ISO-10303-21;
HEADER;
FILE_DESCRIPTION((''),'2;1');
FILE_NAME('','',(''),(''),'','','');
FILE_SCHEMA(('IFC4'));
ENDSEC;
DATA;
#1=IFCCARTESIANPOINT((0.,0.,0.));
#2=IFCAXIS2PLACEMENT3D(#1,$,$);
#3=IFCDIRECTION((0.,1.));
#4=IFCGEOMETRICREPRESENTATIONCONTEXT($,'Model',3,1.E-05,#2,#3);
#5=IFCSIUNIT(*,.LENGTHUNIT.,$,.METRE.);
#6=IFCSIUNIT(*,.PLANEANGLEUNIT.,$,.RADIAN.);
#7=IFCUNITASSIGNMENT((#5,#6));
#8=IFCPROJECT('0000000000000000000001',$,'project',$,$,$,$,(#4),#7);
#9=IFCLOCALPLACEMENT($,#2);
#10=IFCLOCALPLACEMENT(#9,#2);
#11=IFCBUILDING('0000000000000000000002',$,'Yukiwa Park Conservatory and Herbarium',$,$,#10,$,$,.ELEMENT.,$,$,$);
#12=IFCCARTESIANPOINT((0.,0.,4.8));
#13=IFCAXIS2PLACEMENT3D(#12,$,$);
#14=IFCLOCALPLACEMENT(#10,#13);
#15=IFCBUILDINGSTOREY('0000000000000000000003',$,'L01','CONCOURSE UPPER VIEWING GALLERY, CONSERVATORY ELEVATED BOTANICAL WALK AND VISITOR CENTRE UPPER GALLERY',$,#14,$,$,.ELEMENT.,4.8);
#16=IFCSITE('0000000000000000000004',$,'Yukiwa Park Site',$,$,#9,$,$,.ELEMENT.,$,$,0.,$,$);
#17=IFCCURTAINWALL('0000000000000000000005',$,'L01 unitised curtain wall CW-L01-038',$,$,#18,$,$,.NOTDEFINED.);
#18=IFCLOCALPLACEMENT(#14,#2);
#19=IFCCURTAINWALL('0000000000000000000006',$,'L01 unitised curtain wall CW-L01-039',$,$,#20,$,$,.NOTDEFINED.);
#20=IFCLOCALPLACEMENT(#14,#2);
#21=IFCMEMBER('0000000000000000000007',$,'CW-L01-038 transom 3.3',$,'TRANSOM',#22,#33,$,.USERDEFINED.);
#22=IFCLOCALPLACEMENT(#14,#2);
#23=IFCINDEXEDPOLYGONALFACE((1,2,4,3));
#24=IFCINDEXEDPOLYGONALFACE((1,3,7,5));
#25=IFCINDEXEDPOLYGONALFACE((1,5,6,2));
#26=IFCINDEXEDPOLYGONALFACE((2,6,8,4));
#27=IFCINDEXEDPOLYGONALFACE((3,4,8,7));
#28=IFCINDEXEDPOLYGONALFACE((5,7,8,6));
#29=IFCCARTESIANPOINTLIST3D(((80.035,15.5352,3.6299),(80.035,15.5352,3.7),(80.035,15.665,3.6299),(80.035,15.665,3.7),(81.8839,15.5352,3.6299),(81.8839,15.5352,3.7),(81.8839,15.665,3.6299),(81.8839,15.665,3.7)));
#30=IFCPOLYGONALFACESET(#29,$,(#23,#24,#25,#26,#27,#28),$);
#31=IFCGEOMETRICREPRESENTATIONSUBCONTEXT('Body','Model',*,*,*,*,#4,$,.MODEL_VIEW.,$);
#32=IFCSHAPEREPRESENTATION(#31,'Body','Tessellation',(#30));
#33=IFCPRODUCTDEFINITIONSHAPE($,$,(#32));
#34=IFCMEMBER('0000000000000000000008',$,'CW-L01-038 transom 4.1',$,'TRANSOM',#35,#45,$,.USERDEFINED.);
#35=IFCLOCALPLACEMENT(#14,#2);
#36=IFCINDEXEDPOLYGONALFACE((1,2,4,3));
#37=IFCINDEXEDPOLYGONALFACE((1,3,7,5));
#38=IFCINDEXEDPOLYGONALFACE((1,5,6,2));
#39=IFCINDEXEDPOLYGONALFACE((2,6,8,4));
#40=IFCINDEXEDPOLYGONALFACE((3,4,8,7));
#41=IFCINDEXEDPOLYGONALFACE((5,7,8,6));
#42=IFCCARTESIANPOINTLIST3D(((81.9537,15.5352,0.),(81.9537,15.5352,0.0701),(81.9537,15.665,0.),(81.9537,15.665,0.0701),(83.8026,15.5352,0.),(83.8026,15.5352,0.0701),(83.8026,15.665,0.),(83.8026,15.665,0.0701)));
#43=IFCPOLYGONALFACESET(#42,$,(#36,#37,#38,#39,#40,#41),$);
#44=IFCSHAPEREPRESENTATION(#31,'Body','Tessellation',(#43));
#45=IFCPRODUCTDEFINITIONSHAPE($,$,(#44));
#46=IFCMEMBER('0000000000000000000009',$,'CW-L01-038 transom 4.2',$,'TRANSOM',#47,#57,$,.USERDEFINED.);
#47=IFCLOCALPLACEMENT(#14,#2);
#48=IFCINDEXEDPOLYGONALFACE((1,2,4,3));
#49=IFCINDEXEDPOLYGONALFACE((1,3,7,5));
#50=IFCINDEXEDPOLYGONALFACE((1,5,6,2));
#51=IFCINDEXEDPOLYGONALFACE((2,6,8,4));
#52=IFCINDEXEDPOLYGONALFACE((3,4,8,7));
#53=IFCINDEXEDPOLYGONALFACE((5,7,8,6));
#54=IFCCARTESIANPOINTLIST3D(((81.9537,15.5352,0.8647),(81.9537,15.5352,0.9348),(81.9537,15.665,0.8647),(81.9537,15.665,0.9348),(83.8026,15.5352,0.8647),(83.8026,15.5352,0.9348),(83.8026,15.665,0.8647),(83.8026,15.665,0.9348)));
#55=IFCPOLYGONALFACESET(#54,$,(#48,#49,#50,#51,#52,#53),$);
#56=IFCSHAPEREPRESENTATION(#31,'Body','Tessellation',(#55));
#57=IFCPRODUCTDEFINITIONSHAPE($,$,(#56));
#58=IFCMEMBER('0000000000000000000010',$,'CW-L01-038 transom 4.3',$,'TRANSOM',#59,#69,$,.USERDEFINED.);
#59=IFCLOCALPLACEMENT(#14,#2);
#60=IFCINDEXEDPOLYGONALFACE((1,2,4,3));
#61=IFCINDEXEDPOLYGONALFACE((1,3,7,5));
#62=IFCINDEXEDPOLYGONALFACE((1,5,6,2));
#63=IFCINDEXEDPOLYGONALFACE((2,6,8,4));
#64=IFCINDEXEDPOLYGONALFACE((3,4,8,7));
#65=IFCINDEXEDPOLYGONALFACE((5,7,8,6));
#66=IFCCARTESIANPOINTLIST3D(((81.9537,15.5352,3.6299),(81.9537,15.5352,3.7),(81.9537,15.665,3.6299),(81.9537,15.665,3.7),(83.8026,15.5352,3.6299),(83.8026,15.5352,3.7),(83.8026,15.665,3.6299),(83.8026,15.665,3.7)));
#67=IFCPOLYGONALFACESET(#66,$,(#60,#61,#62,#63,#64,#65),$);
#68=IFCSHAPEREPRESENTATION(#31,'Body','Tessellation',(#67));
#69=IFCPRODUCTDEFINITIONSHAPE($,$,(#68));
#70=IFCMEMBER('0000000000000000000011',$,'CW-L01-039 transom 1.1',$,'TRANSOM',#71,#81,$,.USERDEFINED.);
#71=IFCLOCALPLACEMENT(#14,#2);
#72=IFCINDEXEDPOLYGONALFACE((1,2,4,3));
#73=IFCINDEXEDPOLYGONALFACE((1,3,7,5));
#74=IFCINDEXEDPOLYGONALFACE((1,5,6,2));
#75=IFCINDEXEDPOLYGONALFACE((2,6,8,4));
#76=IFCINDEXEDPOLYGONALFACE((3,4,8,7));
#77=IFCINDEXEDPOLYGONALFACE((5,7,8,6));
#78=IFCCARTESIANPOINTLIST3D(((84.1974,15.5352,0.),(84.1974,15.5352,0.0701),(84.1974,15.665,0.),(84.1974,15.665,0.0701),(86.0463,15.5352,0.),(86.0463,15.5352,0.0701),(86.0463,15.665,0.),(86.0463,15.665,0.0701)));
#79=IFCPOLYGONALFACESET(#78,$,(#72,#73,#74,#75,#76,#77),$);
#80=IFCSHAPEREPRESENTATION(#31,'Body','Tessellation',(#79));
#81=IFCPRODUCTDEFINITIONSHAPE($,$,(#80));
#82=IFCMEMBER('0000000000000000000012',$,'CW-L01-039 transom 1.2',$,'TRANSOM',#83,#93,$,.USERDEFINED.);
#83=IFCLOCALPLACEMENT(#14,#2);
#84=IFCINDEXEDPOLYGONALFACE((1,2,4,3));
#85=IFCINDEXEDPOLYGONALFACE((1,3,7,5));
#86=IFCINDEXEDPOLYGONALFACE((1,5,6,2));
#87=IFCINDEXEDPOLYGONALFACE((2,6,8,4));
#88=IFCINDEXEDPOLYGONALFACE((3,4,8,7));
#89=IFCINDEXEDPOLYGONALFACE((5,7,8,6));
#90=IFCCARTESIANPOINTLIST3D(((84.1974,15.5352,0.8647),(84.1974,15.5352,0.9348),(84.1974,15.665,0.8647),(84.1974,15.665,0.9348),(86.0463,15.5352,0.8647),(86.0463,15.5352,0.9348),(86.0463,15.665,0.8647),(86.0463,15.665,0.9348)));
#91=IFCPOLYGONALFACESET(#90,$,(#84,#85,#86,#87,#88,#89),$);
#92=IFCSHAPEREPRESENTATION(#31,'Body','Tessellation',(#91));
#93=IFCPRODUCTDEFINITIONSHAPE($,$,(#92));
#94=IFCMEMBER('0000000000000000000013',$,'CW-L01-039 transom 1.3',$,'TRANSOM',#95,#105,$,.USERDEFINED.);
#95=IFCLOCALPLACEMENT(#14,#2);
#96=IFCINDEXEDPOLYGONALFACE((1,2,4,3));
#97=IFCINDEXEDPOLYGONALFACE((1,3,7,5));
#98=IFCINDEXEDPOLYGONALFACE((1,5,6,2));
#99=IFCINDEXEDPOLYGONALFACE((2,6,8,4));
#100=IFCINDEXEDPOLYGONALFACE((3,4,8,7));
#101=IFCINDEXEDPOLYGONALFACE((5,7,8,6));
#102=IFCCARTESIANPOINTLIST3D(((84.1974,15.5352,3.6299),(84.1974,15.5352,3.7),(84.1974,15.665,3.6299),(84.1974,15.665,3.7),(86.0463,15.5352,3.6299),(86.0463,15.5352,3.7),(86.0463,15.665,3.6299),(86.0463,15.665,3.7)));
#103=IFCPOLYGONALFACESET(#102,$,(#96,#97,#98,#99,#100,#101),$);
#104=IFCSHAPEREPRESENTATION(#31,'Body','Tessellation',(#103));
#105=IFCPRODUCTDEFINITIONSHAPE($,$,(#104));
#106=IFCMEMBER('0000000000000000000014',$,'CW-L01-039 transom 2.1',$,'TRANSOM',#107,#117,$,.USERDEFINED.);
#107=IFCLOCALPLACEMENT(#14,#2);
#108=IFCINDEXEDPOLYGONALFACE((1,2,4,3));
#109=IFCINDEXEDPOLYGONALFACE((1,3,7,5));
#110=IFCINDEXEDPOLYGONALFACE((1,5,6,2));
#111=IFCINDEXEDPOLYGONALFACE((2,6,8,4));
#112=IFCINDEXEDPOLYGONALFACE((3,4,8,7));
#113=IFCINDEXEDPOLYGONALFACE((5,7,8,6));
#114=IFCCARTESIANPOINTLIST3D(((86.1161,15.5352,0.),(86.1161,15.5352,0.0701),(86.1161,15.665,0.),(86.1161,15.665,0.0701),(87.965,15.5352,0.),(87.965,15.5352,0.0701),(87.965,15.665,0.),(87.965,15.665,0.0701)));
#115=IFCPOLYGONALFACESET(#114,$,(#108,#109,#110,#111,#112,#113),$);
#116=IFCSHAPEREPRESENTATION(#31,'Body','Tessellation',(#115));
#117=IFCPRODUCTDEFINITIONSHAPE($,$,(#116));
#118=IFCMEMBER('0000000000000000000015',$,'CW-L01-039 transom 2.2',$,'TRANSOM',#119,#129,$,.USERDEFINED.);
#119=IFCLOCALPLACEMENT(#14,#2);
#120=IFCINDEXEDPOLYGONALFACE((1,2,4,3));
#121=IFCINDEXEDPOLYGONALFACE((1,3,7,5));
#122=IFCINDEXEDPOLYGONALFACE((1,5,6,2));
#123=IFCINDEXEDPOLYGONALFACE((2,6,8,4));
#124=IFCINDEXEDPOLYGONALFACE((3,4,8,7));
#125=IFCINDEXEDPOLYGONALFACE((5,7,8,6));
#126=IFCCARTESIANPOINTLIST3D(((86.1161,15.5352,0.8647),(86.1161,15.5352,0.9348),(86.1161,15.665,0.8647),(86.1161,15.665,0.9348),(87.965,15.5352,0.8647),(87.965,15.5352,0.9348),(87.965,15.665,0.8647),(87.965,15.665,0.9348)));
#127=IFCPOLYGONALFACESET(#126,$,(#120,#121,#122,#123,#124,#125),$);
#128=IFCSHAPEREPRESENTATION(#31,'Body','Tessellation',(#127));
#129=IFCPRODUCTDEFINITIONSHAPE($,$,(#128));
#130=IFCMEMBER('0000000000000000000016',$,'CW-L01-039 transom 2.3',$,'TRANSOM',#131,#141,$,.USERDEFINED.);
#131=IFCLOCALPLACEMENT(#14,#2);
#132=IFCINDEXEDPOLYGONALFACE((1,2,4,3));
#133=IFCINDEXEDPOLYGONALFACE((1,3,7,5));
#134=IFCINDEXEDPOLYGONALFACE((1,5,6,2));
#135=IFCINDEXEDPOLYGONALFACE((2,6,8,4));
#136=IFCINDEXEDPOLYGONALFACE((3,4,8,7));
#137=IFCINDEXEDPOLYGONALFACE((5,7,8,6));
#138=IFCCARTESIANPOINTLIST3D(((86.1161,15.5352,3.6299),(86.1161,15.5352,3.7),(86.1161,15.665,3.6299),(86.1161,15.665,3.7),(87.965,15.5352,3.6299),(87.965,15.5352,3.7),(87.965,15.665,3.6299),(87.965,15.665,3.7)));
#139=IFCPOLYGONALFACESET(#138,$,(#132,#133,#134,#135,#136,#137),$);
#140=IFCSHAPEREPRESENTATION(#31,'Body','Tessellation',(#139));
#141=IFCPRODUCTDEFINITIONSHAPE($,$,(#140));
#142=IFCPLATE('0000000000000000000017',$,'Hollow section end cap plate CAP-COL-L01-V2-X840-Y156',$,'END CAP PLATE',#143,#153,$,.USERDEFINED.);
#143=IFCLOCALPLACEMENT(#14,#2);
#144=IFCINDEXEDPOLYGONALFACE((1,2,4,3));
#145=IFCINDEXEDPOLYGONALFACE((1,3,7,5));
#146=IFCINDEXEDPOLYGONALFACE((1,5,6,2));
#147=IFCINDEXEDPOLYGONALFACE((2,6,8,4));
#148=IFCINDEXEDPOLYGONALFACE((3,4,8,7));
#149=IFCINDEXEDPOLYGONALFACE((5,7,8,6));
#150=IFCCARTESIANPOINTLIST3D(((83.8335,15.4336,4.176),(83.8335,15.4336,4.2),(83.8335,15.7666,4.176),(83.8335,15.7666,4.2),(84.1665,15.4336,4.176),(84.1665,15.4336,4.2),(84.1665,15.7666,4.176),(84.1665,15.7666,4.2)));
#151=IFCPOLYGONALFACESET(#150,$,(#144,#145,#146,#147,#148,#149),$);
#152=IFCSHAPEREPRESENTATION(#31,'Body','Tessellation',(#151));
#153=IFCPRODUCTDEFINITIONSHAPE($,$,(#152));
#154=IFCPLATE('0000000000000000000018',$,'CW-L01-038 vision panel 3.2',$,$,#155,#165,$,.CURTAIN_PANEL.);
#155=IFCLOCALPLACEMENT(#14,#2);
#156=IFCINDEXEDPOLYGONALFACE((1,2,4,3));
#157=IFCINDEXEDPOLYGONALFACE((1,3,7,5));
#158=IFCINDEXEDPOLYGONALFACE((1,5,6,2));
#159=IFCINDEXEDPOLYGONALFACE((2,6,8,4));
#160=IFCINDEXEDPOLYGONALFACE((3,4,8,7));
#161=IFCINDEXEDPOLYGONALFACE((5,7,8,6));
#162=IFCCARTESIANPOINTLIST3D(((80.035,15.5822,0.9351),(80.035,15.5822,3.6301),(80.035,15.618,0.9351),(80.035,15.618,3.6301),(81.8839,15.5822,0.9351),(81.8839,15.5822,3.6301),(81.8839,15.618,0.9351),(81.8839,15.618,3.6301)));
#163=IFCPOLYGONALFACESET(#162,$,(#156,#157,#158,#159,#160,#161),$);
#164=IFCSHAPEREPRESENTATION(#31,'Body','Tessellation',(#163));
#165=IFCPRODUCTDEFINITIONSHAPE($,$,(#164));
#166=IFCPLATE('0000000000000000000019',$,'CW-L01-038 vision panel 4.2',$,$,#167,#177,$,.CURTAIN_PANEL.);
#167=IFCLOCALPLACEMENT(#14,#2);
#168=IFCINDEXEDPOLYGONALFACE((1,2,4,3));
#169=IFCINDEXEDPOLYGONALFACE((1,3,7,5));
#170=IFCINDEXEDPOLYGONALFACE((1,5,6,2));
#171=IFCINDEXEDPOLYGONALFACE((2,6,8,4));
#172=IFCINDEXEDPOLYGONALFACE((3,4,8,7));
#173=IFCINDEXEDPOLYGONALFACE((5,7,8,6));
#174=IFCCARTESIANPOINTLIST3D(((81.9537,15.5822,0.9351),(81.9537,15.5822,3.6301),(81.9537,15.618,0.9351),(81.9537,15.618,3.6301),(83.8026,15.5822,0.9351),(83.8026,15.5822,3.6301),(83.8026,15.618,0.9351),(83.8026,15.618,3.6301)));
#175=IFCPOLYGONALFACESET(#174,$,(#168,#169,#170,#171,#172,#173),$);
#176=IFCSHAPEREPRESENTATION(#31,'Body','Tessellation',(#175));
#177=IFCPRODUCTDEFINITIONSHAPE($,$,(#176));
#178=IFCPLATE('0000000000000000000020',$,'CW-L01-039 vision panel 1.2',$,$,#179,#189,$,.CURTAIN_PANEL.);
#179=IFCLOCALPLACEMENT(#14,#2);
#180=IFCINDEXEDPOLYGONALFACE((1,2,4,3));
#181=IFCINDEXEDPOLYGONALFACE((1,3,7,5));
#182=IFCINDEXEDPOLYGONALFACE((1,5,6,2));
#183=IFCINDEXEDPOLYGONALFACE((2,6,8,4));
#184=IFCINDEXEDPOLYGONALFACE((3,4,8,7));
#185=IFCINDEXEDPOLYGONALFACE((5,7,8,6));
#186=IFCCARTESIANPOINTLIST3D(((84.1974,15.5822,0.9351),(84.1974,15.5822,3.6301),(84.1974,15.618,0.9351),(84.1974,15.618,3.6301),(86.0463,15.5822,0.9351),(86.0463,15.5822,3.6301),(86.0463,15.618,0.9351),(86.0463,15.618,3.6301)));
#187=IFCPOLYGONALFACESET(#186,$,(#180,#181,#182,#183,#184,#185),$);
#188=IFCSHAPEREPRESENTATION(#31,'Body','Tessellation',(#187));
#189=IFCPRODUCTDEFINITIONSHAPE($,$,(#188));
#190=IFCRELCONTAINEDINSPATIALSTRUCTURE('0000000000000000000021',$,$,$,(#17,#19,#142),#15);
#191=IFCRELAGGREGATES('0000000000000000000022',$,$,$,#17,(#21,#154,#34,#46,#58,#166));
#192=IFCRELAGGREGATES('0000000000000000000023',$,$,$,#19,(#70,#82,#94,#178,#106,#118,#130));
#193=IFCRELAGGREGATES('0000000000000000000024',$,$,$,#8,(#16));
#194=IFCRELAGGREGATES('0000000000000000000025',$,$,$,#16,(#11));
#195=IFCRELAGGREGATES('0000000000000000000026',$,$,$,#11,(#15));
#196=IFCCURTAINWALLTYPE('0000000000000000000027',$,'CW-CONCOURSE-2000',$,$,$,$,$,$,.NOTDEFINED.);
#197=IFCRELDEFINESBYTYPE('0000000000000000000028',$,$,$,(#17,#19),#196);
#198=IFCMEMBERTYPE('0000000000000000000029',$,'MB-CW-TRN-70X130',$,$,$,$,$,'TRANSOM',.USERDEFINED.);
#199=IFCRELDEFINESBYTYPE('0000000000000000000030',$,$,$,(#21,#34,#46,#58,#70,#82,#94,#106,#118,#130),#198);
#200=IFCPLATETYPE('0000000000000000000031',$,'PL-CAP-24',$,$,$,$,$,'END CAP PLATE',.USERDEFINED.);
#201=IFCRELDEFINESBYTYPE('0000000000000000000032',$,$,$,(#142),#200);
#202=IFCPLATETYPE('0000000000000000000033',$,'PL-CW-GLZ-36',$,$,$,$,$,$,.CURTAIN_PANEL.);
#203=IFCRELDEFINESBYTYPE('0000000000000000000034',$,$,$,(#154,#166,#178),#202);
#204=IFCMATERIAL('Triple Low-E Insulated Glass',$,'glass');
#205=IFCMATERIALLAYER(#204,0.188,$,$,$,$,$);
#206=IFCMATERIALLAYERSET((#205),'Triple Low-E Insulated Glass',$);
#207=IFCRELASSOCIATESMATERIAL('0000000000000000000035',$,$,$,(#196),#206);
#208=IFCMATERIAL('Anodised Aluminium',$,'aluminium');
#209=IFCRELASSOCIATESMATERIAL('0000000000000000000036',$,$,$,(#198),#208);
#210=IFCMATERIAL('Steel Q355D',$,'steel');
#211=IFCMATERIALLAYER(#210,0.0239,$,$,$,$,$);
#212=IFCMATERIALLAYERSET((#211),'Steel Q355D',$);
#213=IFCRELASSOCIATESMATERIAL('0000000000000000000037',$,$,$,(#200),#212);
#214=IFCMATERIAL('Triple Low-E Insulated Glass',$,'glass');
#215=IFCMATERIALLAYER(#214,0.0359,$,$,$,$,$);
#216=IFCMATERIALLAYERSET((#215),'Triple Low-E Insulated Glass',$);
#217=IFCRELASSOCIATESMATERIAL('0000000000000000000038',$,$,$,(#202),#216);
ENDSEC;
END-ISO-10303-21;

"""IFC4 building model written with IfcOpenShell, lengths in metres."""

from ifc_helpers import new_model, si_unit, direction, frame, origin, origin_2d, place, context, subcontext, project, spatial, rectangle, extrude, material, layer, layer_set, type_object, element, aggregate, save


model = new_model("IFC4")

# Units and contexts
model_context = context("Model", 3, precision=1e-05, world=origin(), true_north=direction((0.0, 1.0)))
body_context = subcontext(model_context, "Body", "Model", "MODEL_VIEW")
ifc_project = project(units=[si_unit("LENGTHUNIT", "METRE"), si_unit("PLANEANGLEUNIT", "RADIAN")], contexts=[model_context])

# Site, building, storey
site_placement = place(None, origin())
site = spatial("IfcSite", under=ifc_project, at=site_placement, Name="Yukiwa Park Site", CompositionType="ELEMENT", RefElevation=0.0)
building_placement = place(site_placement, origin())
building = spatial("IfcBuilding", under=site, at=building_placement, Name="Yukiwa Park Conservatory and Herbarium", CompositionType="ELEMENT")
storey_placement = place(building_placement, frame((0.0, 0.0, 4.8)))
storey = spatial("IfcBuildingStorey", under=building, at=storey_placement, Name="L01", Description="CONCOURSE UPPER VIEWING GALLERY, CONSERVATORY ELEVATED BOTANICAL WALK AND VISITOR CENTRE UPPER GALLERY", CompositionType="ELEMENT", Elevation=4.8)

# Curtain walls
ifc_material_1 = material(Name="Triple Low-E Insulated Glass", Category="glass")
ifc_layer_1 = layer(ifc_material_1, 0.188)
ifc_layer_set_1 = layer_set([ifc_layer_1], Name="Triple Low-E Insulated Glass")
curtain_wall_type = type_object("IfcCurtainWallType", Name="CW-CONCOURSE-2000", PredefinedType="NOTDEFINED", material=ifc_layer_set_1)
curtain_wall_1_placement = place(storey_placement, origin())
curtain_wall_1 = element("IfcCurtainWall", 1, at=curtain_wall_1_placement, inside=storey, type_object=curtain_wall_type, Name="L01 unitised curtain wall CW-L01-038", PredefinedType="NOTDEFINED")
curtain_wall_2_placement = place(storey_placement, origin())
curtain_wall_2 = element("IfcCurtainWall", 2, at=curtain_wall_2_placement, inside=storey, type_object=curtain_wall_type, Name="L01 unitised curtain wall CW-L01-039", PredefinedType="NOTDEFINED")

# Members
ifc_material_2 = material(Name="Anodised Aluminium", Category="aluminium")
member_type_1 = type_object("IfcMemberType", Name="MB-CW-TRN-70X130", ElementType="TRANSOM", PredefinedType="USERDEFINED", material=ifc_material_2)
member_1_placement = place(storey_placement, frame((80.9595, 15.6001, 3.6299), z_axis=(0.0, 0.0, 1.0), x_axis=(1.0, 0.0, 0.0)))
member_1 = element("IfcMember", 3, at=member_1_placement, type_object=member_type_1, Name="CW-L01-038 transom 3.3", ObjectType="TRANSOM", PredefinedType="USERDEFINED", context=body_context, shape_type="SweptSolid", body=[
    extrude(rectangle(XDim=1.8489, YDim=0.1299, at=origin_2d()), origin(), (0.0, 0.0, 1.0), 0.0701),
])
member_2_placement = place(storey_placement, frame((82.8782, 15.6001, 0.0), z_axis=(0.0, 0.0, 1.0), x_axis=(1.0, 0.0, 0.0)))
member_2 = element("IfcMember", 4, at=member_2_placement, type_object=member_type_1, Name="CW-L01-038 transom 4.1", ObjectType="TRANSOM", PredefinedType="USERDEFINED", context=body_context, shape_type="SweptSolid", body=[
    extrude(rectangle(XDim=1.8489, YDim=0.1299, at=origin_2d()), origin(), (0.0, 0.0, 1.0), 0.0701),
])
member_3_placement = place(storey_placement, frame((82.8782, 15.6001, 0.8647), z_axis=(0.0, 0.0, 1.0), x_axis=(1.0, 0.0, 0.0)))
member_3 = element("IfcMember", 5, at=member_3_placement, type_object=member_type_1, Name="CW-L01-038 transom 4.2", ObjectType="TRANSOM", PredefinedType="USERDEFINED", context=body_context, shape_type="SweptSolid", body=[
    extrude(rectangle(XDim=1.8489, YDim=0.1299, at=origin_2d()), origin(), (0.0, 0.0, 1.0), 0.0701),
])
member_4_placement = place(storey_placement, frame((82.8782, 15.6001, 3.6299), z_axis=(0.0, 0.0, 1.0), x_axis=(1.0, 0.0, 0.0)))
member_4 = element("IfcMember", 6, at=member_4_placement, type_object=member_type_1, Name="CW-L01-038 transom 4.3", ObjectType="TRANSOM", PredefinedType="USERDEFINED", context=body_context, shape_type="SweptSolid", body=[
    extrude(rectangle(XDim=1.8489, YDim=0.1299, at=origin_2d()), origin(), (0.0, 0.0, 1.0), 0.0701),
])
member_5_placement = place(storey_placement, frame((85.1218, 15.6001, 0.0), z_axis=(0.0, 0.0, 1.0), x_axis=(1.0, 0.0, 0.0)))
member_5 = element("IfcMember", 7, at=member_5_placement, type_object=member_type_1, Name="CW-L01-039 transom 1.1", ObjectType="TRANSOM", PredefinedType="USERDEFINED", context=body_context, shape_type="SweptSolid", body=[
    extrude(rectangle(XDim=1.8489, YDim=0.1299, at=origin_2d()), origin(), (0.0, 0.0, 1.0), 0.0701),
])
member_6_placement = place(storey_placement, frame((85.1218, 15.6001, 0.8647), z_axis=(0.0, 0.0, 1.0), x_axis=(1.0, 0.0, 0.0)))
member_6 = element("IfcMember", 8, at=member_6_placement, type_object=member_type_1, Name="CW-L01-039 transom 1.2", ObjectType="TRANSOM", PredefinedType="USERDEFINED", context=body_context, shape_type="SweptSolid", body=[
    extrude(rectangle(XDim=1.8489, YDim=0.1299, at=origin_2d()), origin(), (0.0, 0.0, 1.0), 0.0701),
])
member_7_placement = place(storey_placement, frame((85.1218, 15.6001, 3.6299), z_axis=(0.0, 0.0, 1.0), x_axis=(1.0, 0.0, 0.0)))
member_7 = element("IfcMember", 9, at=member_7_placement, type_object=member_type_1, Name="CW-L01-039 transom 1.3", ObjectType="TRANSOM", PredefinedType="USERDEFINED", context=body_context, shape_type="SweptSolid", body=[
    extrude(rectangle(XDim=1.8489, YDim=0.1299, at=origin_2d()), origin(), (0.0, 0.0, 1.0), 0.0701),
])
member_8_placement = place(storey_placement, frame((87.0405, 15.6001, 0.0), z_axis=(0.0, 0.0, 1.0), x_axis=(1.0, 0.0, 0.0)))
member_8 = element("IfcMember", 10, at=member_8_placement, type_object=member_type_1, Name="CW-L01-039 transom 2.1", ObjectType="TRANSOM", PredefinedType="USERDEFINED", context=body_context, shape_type="SweptSolid", body=[
    extrude(rectangle(XDim=1.8489, YDim=0.1299, at=origin_2d()), origin(), (0.0, 0.0, 1.0), 0.0701),
])
member_9_placement = place(storey_placement, frame((87.0405, 15.6001, 0.8647), z_axis=(0.0, 0.0, 1.0), x_axis=(1.0, 0.0, 0.0)))
member_9 = element("IfcMember", 11, at=member_9_placement, type_object=member_type_1, Name="CW-L01-039 transom 2.2", ObjectType="TRANSOM", PredefinedType="USERDEFINED", context=body_context, shape_type="SweptSolid", body=[
    extrude(rectangle(XDim=1.8489, YDim=0.1299, at=origin_2d()), origin(), (0.0, 0.0, 1.0), 0.0701),
])
member_10_placement = place(storey_placement, frame((87.0405, 15.6001, 3.6299), z_axis=(0.0, 0.0, 1.0), x_axis=(1.0, 0.0, 0.0)))
member_10 = element("IfcMember", 12, at=member_10_placement, type_object=member_type_1, Name="CW-L01-039 transom 2.3", ObjectType="TRANSOM", PredefinedType="USERDEFINED", context=body_context, shape_type="SweptSolid", body=[
    extrude(rectangle(XDim=1.8489, YDim=0.1299, at=origin_2d()), origin(), (0.0, 0.0, 1.0), 0.0701),
])

# Plates
ifc_material_3 = material(Name="Steel Q355D", Category="steel")
ifc_layer_2 = layer(ifc_material_3, 0.0239)
ifc_layer_set_2 = layer_set([ifc_layer_2], Name="Steel Q355D")
plate_type_1 = type_object("IfcPlateType", Name="PL-CAP-24", ElementType="END CAP PLATE", PredefinedType="USERDEFINED", material=ifc_layer_set_2)
plate_1_placement = place(storey_placement, frame((84.0, 15.6001, 4.176), z_axis=(0.0, 0.0, 1.0), x_axis=(1.0, 0.0, 0.0)))
element("IfcPlate", 13, at=plate_1_placement, inside=storey, type_object=plate_type_1, Name="Hollow section end cap plate CAP-COL-L01-V2-X840-Y156", ObjectType="END CAP PLATE", PredefinedType="USERDEFINED", context=body_context, shape_type="SweptSolid", body=[
    extrude(rectangle(XDim=0.333, YDim=0.333, at=origin_2d()), origin(), (0.0, 0.0, 1.0), 0.0239),
])
ifc_material_4 = material(Name="Triple Low-E Insulated Glass", Category="glass")
ifc_layer_3 = layer(ifc_material_4, 0.0359)
ifc_layer_set_3 = layer_set([ifc_layer_3], Name="Triple Low-E Insulated Glass")
plate_type_2 = type_object("IfcPlateType", Name="PL-CW-GLZ-36", PredefinedType="CURTAIN_PANEL", material=ifc_layer_set_3)
plate_2_placement = place(storey_placement, frame((80.9595, 15.6001, 0.9351), z_axis=(0.0, 0.0, 1.0), x_axis=(1.0, 0.0, 0.0)))
plate_2 = element("IfcPlate", 14, at=plate_2_placement, type_object=plate_type_2, Name="CW-L01-038 vision panel 3.2", PredefinedType="CURTAIN_PANEL", context=body_context, shape_type="SweptSolid", body=[
    extrude(rectangle(XDim=1.8489, YDim=0.0359, at=origin_2d()), origin(), (0.0, 0.0, 1.0), 2.6951),
])
plate_3_placement = place(storey_placement, frame((82.8782, 15.6001, 0.9351), z_axis=(0.0, 0.0, 1.0), x_axis=(1.0, 0.0, 0.0)))
plate_3 = element("IfcPlate", 15, at=plate_3_placement, type_object=plate_type_2, Name="CW-L01-038 vision panel 4.2", PredefinedType="CURTAIN_PANEL", context=body_context, shape_type="SweptSolid", body=[
    extrude(rectangle(XDim=1.8489, YDim=0.0359, at=origin_2d()), origin(), (0.0, 0.0, 1.0), 2.6951),
])
plate_4_placement = place(storey_placement, frame((85.1218, 15.6001, 0.9351), z_axis=(0.0, 0.0, 1.0), x_axis=(1.0, 0.0, 0.0)))
plate_4 = element("IfcPlate", 16, at=plate_4_placement, type_object=plate_type_2, Name="CW-L01-039 vision panel 1.2", PredefinedType="CURTAIN_PANEL", context=body_context, shape_type="SweptSolid", body=[
    extrude(rectangle(XDim=1.8489, YDim=0.0359, at=origin_2d()), origin(), (0.0, 0.0, 1.0), 2.6951),
])
aggregate(curtain_wall_1, [member_1, plate_2, member_2, member_3, member_4, plate_3])
aggregate(curtain_wall_2, [member_5, member_6, member_7, plate_4, member_8, member_9, member_10])

save(model, "model.ifc")
